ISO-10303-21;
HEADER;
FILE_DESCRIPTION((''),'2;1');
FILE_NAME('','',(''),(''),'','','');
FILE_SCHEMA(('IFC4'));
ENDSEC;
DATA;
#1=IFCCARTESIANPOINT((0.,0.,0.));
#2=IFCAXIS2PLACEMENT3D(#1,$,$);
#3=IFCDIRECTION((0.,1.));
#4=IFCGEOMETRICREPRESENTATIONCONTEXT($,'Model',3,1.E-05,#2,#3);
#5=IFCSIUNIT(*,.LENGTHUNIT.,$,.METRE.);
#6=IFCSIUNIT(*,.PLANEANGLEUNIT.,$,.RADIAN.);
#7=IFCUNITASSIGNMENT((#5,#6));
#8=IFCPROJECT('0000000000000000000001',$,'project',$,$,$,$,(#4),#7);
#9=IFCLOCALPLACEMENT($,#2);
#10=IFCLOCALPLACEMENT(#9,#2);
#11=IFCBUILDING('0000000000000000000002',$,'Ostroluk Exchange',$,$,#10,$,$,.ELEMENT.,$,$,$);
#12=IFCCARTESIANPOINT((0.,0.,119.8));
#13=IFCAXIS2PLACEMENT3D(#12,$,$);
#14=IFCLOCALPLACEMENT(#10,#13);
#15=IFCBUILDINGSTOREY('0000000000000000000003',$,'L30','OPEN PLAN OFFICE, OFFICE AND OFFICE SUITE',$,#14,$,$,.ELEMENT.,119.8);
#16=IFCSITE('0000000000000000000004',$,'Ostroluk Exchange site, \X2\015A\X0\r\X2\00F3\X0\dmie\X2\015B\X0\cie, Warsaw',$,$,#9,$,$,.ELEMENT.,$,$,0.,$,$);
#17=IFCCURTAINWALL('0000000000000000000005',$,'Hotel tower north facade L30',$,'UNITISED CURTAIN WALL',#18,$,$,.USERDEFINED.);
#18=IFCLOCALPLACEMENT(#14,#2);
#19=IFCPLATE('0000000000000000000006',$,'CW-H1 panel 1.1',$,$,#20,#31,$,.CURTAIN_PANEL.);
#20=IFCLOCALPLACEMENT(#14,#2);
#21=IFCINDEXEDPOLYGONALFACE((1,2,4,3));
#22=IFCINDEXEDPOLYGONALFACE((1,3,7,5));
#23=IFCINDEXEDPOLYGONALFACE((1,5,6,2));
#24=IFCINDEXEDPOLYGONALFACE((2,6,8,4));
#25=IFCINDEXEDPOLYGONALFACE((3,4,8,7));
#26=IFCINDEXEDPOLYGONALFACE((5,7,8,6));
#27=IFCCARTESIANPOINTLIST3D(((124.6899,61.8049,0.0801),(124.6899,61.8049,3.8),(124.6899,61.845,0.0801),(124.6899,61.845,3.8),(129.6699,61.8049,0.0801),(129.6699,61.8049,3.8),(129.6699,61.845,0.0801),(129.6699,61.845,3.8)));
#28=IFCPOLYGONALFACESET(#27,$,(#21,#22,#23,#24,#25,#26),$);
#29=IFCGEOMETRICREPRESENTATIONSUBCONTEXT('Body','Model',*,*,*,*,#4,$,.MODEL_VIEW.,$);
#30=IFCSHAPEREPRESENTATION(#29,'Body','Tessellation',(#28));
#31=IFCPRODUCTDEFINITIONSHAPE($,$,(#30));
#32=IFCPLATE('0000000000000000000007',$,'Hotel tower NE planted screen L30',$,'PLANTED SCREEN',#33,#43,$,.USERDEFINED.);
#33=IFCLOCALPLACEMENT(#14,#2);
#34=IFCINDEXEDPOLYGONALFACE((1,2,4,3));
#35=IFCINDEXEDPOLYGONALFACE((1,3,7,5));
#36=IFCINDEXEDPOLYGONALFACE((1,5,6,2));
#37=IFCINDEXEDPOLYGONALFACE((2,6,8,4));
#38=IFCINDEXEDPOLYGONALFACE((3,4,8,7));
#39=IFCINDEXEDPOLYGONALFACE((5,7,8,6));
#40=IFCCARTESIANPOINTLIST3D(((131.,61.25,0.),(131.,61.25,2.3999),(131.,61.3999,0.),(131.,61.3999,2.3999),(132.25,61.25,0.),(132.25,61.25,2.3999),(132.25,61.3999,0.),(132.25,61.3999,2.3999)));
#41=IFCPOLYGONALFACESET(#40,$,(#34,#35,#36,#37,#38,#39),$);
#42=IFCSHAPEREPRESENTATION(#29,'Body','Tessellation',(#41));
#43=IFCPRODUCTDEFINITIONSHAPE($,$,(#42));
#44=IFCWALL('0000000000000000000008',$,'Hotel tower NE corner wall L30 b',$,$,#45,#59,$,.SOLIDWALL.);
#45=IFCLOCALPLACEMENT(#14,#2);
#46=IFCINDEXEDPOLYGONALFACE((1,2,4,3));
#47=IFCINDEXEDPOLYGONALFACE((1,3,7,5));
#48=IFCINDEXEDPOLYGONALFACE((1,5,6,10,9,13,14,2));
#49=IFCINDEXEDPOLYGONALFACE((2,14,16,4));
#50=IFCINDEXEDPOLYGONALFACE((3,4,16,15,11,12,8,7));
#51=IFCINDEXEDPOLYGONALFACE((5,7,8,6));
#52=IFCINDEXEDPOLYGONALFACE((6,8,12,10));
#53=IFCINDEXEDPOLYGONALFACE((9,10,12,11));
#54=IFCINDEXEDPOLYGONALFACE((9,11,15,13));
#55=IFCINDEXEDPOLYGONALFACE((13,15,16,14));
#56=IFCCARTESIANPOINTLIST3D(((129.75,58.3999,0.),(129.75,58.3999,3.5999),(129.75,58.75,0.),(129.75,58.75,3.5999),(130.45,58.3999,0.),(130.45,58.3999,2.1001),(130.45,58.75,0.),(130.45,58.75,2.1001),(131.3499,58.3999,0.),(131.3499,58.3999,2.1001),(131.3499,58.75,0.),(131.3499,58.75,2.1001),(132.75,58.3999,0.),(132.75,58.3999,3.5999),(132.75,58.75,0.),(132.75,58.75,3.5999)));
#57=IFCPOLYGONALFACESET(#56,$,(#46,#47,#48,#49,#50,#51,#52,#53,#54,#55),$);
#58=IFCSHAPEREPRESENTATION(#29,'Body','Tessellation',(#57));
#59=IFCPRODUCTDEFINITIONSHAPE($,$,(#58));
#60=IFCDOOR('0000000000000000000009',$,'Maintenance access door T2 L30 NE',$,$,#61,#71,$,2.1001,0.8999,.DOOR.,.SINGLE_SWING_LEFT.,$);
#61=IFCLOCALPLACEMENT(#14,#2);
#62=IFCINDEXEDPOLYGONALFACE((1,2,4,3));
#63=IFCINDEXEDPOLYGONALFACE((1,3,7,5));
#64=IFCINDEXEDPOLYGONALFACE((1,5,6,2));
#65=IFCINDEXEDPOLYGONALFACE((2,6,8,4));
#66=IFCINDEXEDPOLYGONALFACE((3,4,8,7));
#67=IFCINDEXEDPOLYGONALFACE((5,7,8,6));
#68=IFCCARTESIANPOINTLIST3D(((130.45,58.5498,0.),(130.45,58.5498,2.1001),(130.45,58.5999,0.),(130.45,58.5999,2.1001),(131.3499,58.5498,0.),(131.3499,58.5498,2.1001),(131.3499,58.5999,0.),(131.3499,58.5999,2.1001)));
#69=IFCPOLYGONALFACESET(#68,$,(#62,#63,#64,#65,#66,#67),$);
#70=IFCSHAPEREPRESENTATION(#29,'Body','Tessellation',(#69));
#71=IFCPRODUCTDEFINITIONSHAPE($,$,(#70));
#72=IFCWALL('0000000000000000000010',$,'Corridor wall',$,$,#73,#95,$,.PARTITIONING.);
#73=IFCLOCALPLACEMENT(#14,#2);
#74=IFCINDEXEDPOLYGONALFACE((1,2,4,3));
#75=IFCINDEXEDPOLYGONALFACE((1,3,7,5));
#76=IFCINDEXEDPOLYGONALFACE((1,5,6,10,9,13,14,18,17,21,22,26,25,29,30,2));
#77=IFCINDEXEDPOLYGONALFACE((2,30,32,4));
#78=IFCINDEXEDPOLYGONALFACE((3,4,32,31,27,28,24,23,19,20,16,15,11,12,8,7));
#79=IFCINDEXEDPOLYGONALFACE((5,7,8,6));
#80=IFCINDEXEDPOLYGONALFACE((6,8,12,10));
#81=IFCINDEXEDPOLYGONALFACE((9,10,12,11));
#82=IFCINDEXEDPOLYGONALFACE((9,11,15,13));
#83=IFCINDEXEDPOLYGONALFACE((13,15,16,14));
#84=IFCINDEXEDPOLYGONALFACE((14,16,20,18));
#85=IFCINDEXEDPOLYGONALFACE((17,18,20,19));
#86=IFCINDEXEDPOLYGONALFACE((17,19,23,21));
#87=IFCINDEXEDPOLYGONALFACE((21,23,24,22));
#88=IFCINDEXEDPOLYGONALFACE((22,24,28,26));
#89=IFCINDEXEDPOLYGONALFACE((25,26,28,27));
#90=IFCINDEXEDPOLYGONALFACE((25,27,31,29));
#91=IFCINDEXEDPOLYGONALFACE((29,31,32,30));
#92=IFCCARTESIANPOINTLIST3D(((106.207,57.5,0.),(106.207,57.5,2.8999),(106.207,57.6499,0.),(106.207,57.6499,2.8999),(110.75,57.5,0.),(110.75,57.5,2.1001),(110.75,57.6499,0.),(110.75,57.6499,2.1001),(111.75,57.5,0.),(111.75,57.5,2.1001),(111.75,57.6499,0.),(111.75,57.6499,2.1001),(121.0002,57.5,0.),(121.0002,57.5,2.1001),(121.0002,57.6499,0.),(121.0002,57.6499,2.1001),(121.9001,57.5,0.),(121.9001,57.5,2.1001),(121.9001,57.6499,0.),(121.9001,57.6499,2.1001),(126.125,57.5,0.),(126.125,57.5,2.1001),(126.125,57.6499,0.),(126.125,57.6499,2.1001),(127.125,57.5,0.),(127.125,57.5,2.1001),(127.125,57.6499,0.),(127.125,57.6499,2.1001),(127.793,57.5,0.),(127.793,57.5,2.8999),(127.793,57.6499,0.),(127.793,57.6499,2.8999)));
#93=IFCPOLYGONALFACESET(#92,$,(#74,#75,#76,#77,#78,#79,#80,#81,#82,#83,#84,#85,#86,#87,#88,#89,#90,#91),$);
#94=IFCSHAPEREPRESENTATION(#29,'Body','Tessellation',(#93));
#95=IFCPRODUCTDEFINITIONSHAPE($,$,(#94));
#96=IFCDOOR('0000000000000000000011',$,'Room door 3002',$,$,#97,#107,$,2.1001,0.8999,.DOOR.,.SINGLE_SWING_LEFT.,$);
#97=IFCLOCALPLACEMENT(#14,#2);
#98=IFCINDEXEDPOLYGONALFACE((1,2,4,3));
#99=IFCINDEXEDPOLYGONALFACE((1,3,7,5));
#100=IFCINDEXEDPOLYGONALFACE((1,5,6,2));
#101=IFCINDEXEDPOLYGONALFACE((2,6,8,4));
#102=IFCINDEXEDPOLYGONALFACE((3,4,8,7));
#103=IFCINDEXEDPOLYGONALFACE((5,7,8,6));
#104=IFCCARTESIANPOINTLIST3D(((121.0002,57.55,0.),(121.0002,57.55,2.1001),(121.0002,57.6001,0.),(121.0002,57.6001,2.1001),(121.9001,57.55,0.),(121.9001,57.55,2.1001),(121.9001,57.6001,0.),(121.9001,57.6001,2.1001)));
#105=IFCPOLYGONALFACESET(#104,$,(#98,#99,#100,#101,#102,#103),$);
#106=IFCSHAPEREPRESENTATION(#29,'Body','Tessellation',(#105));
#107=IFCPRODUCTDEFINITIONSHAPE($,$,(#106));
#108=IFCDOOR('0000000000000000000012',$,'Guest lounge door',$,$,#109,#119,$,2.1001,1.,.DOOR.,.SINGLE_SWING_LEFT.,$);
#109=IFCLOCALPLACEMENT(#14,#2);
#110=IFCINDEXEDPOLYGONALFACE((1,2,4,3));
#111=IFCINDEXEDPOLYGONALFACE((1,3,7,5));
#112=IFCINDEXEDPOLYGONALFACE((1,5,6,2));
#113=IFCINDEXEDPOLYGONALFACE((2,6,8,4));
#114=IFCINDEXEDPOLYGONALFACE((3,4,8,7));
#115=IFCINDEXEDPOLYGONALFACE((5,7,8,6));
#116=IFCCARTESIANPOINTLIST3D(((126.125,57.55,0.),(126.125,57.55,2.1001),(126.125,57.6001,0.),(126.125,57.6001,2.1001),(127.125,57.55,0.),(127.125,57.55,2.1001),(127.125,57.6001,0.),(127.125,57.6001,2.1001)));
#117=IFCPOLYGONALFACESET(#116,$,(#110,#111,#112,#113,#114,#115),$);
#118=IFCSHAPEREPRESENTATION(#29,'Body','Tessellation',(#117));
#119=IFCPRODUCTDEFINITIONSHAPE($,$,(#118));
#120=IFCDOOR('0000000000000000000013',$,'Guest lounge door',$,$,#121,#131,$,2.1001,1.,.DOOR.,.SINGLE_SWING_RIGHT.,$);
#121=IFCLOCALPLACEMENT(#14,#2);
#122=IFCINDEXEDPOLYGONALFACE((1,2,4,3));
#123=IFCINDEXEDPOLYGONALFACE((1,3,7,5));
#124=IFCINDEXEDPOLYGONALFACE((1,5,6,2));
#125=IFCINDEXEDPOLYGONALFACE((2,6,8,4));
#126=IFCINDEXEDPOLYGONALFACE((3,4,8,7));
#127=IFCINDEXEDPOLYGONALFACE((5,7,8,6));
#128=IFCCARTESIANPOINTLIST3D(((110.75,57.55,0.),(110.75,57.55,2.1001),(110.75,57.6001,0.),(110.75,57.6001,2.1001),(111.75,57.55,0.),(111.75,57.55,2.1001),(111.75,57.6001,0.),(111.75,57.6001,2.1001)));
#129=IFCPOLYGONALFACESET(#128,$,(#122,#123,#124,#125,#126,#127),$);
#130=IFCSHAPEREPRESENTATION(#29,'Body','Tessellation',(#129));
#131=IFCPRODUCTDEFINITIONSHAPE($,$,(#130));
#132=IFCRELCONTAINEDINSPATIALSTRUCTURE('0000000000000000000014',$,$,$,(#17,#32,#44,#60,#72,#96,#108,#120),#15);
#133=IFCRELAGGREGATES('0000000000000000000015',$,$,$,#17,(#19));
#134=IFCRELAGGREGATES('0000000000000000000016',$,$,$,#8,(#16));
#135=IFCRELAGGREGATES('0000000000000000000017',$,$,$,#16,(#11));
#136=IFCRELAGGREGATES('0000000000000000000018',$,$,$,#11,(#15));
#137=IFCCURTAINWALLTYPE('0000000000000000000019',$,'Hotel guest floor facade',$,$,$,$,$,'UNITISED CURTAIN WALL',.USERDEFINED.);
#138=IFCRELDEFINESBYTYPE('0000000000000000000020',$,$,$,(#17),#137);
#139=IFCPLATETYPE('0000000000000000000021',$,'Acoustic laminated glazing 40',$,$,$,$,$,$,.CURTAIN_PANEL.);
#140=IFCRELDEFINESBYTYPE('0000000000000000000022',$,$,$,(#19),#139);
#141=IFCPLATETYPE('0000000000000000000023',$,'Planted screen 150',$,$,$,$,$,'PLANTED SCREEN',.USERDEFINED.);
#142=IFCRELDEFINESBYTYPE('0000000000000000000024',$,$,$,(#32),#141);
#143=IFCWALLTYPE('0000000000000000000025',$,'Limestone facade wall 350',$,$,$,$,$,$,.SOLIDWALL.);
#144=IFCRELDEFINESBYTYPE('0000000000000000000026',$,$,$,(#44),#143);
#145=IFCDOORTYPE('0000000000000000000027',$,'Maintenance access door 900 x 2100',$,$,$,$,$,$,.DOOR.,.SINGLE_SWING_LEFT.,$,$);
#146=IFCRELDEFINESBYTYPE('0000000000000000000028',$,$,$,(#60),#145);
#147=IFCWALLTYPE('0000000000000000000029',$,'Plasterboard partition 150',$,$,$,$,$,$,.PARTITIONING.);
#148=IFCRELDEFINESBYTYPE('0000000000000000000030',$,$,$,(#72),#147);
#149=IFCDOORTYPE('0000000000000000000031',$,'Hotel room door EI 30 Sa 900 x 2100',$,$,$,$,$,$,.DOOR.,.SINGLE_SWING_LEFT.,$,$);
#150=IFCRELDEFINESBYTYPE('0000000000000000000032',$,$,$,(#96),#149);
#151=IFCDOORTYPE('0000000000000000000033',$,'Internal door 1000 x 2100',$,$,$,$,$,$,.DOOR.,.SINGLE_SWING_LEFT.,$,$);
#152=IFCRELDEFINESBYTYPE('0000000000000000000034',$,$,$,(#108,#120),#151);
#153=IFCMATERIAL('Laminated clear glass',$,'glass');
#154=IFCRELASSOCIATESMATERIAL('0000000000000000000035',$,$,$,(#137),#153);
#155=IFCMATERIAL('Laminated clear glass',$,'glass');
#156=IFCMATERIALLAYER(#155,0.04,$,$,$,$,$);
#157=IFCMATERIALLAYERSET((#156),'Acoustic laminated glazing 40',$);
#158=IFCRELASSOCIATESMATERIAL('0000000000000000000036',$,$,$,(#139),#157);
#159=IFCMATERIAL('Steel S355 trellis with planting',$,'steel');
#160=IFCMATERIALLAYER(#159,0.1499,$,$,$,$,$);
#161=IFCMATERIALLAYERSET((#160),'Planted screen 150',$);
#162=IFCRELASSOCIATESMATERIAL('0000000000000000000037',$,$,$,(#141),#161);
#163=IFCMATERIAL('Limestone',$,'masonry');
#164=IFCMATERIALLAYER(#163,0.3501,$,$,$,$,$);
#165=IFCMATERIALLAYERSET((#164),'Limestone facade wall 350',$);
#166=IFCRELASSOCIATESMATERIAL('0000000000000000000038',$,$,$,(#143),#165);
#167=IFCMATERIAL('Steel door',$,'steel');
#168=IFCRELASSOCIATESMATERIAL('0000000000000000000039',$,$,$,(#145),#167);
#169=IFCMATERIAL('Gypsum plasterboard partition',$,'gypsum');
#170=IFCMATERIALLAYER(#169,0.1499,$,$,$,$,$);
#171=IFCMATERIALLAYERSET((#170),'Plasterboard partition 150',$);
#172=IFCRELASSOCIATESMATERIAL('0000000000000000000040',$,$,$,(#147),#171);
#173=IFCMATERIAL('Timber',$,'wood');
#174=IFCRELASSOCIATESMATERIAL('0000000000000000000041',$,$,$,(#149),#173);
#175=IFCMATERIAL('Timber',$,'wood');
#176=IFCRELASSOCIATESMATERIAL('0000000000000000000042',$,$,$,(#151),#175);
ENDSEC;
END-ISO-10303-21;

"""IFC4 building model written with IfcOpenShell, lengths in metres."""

from ifc_helpers import new_model, si_unit, direction, frame, frame_2d, origin, origin_2d, place, context, subcontext, project, spatial, rectangle, extrude, material, layer, layer_set, type_object, element, fill, aggregate, save


model = new_model("IFC4")

# Units and contexts
model_context = context("Model", 3, precision=1e-05, world=origin(), true_north=direction((0.0, 1.0)))
body_context = subcontext(model_context, "Body", "Model", "MODEL_VIEW")
ifc_project = project(units=[si_unit("LENGTHUNIT", "METRE"), si_unit("PLANEANGLEUNIT", "RADIAN")], contexts=[model_context])

# Site, building, storey
site_placement = place(None, origin())
site = spatial("IfcSite", under=ifc_project, at=site_placement, Name="Ostroluk Exchange site, Śródmieście, Warsaw", CompositionType="ELEMENT", RefElevation=0.0)
building_placement = place(site_placement, origin())
building = spatial("IfcBuilding", under=site, at=building_placement, Name="Ostroluk Exchange", CompositionType="ELEMENT")
storey_placement = place(building_placement, frame((0.0, 0.0, 119.8)))
storey = spatial("IfcBuildingStorey", under=building, at=storey_placement, Name="L30", Description="OPEN PLAN OFFICE, OFFICE AND OFFICE SUITE", CompositionType="ELEMENT", Elevation=119.8)

# Curtain wall
ifc_material_1 = material(Name="Laminated clear glass", Category="glass")
curtain_wall_type = type_object("IfcCurtainWallType", Name="Hotel guest floor facade", ElementType="UNITISED CURTAIN WALL", PredefinedType="USERDEFINED", material=ifc_material_1)
curtain_wall_1_placement = place(storey_placement, origin())
curtain_wall_1 = element("IfcCurtainWall", 1, at=curtain_wall_1_placement, inside=storey, type_object=curtain_wall_type, Name="Hotel tower north facade L30", ObjectType="UNITISED CURTAIN WALL", PredefinedType="USERDEFINED")

# Plates
ifc_material_2 = material(Name="Laminated clear glass", Category="glass")
ifc_layer_1 = layer(ifc_material_2, 0.04)
ifc_layer_set_1 = layer_set([ifc_layer_1], Name="Acoustic laminated glazing 40")
plate_type_1 = type_object("IfcPlateType", Name="Acoustic laminated glazing 40", PredefinedType="CURTAIN_PANEL", material=ifc_layer_set_1)
plate_1_placement = place(storey_placement, frame((127.1799, 61.825, 0.0801), z_axis=(0.0, 0.0, 1.0), x_axis=(-1.0, 0.0, 0.0)))
plate_1 = element("IfcPlate", 2, at=plate_1_placement, type_object=plate_type_1, Name="CW-H1 panel 1.1", PredefinedType="CURTAIN_PANEL", context=body_context, shape_type="SweptSolid", body=[
    extrude(rectangle(XDim=4.98, YDim=0.04, at=origin_2d()), origin(), (0.0, 0.0, 1.0), 3.72),
])
aggregate(curtain_wall_1, [plate_1])
ifc_material_3 = material(Name="Steel S355 trellis with planting", Category="steel")
ifc_layer_2 = layer(ifc_material_3, 0.1499)
ifc_layer_set_2 = layer_set([ifc_layer_2], Name="Planted screen 150")
plate_type_2 = type_object("IfcPlateType", Name="Planted screen 150", ElementType="PLANTED SCREEN", PredefinedType="USERDEFINED", material=ifc_layer_set_2)
plate_2_placement = place(storey_placement, frame((131.625, 61.325, 0.0), z_axis=(0.0, 0.0, 1.0), x_axis=(1.0, 0.0, 0.0)))
element("IfcPlate", 3, at=plate_2_placement, inside=storey, type_object=plate_type_2, Name="Hotel tower NE planted screen L30", ObjectType="PLANTED SCREEN", PredefinedType="USERDEFINED", context=body_context, shape_type="SweptSolid", body=[
    extrude(rectangle(XDim=1.25, YDim=0.1499, at=origin_2d()), origin(), (0.0, 0.0, 1.0), 2.3999),
])

# Wall, opening, door
ifc_material_4 = material(Name="Limestone", Category="masonry")
ifc_layer_3 = layer(ifc_material_4, 0.3501)
ifc_layer_set_3 = layer_set([ifc_layer_3], Name="Limestone facade wall 350")
wall_type_1 = type_object("IfcWallType", Name="Limestone facade wall 350", PredefinedType="SOLIDWALL", material=ifc_layer_set_3)
wall_1_placement = place(storey_placement, frame((129.75, 58.575, 0.0), z_axis=(0.0, 0.0, 1.0), x_axis=(1.0, 0.0, 0.0)))
wall_1 = element("IfcWall", 4, at=wall_1_placement, inside=storey, type_object=wall_type_1, Name="Hotel tower NE corner wall L30 b", PredefinedType="SOLIDWALL", context=body_context, shape_type="SweptSolid", body=[
    extrude(rectangle(XDim=3.0, YDim=0.3501, at=frame_2d((1.5, 0.0))), origin(), (0.0, 0.0, 1.0), 3.5999),
])
opening_1_placement = place(wall_1_placement, frame((0.7, 0.0, 0.0)))
opening_1 = element("IfcOpeningElement", 5, at=opening_1_placement, cuts=wall_1, PredefinedType="OPENING", context=body_context, shape_type="SweptSolid", body=[
    extrude(rectangle(XDim=0.8999, YDim=2.1001, at=frame_2d((0.45, 1.05))), frame((0.0, 0.1851, 0.0), z_axis=(0.0, -1.0, 0.0), x_axis=(1.0, 0.0, 0.0)), (0.0, 0.0, 1.0), 0.3701),
])
ifc_material_5 = material(Name="Steel door", Category="steel")
door_type_1 = type_object("IfcDoorType", Name="Maintenance access door 900 x 2100", OperationType="SINGLE_SWING_LEFT", PredefinedType="DOOR", material=ifc_material_5)
door_1_placement = place(opening_1_placement, origin())
door_1 = element("IfcDoor", 6, at=door_1_placement, inside=storey, type_object=door_type_1, Name="Maintenance access door T2 L30 NE", OperationType="SINGLE_SWING_LEFT", OverallHeight=2.1001, OverallWidth=0.8999, PredefinedType="DOOR", context=body_context, shape_type="SweptSolid", body=[
    extrude(rectangle(XDim=0.8999, YDim=2.1001, at=frame_2d((0.45, 1.05))), frame((0.0, 0.0249, 0.0), z_axis=(0.0, -1.0, 0.0), x_axis=(1.0, 0.0, 0.0)), (0.0, 0.0, 1.0), 0.05),
])
fill(opening_1, door_1)

# Wall, openings, doors
ifc_material_6 = material(Name="Gypsum plasterboard partition", Category="gypsum")
ifc_layer_4 = layer(ifc_material_6, 0.1499)
ifc_layer_set_4 = layer_set([ifc_layer_4], Name="Plasterboard partition 150")
wall_type_2 = type_object("IfcWallType", Name="Plasterboard partition 150", PredefinedType="PARTITIONING", material=ifc_layer_set_4)
wall_2_placement = place(storey_placement, frame((127.793, 57.575, 0.0), z_axis=(0.0, 0.0, 1.0), x_axis=(-1.0, 0.0, 0.0)))
wall_2 = element("IfcWall", 7, at=wall_2_placement, inside=storey, type_object=wall_type_2, Name="Corridor wall", PredefinedType="PARTITIONING", context=body_context, shape_type="SweptSolid", body=[
    extrude(rectangle(XDim=21.5859, YDim=0.1499, at=frame_2d((10.793, 0.0))), origin(), (0.0, 0.0, 1.0), 2.8999),
])
opening_2_placement = place(wall_2_placement, frame((0.668, 0.0, 0.0)))
opening_2 = element("IfcOpeningElement", 8, at=opening_2_placement, cuts=wall_2, PredefinedType="OPENING", context=body_context, shape_type="SweptSolid", body=[
    extrude(rectangle(XDim=1.0, YDim=2.1001, at=frame_2d((0.5, 1.05))), frame((0.0, 0.085, 0.0), z_axis=(0.0, -1.0, 0.0), x_axis=(1.0, 0.0, 0.0)), (0.0, 0.0, 1.0), 0.1699),
])
opening_3_placement = place(wall_2_placement, frame((5.8928, 0.0, 0.0)))
opening_3 = element("IfcOpeningElement", 9, at=opening_3_placement, cuts=wall_2, PredefinedType="OPENING", context=body_context, shape_type="SweptSolid", body=[
    extrude(rectangle(XDim=0.8999, YDim=2.1001, at=frame_2d((0.45, 1.05))), frame((0.0, 0.085, 0.0), z_axis=(0.0, -1.0, 0.0), x_axis=(1.0, 0.0, 0.0)), (0.0, 0.0, 1.0), 0.1699),
])
opening_4_placement = place(wall_2_placement, frame((16.043, 0.0, 0.0)))
opening_4 = element("IfcOpeningElement", 10, at=opening_4_placement, cuts=wall_2, PredefinedType="OPENING", context=body_context, shape_type="SweptSolid", body=[
    extrude(rectangle(XDim=1.0, YDim=2.1001, at=frame_2d((0.5, 1.05))), frame((0.0, 0.085, 0.0), z_axis=(0.0, -1.0, 0.0), x_axis=(1.0, 0.0, 0.0)), (0.0, 0.0, 1.0), 0.1699),
])
ifc_material_7 = material(Name="Timber", Category="wood")
door_type_2 = type_object("IfcDoorType", Name="Hotel room door EI 30 Sa 900 x 2100", OperationType="SINGLE_SWING_LEFT", PredefinedType="DOOR", material=ifc_material_7)
door_2_placement = place(opening_3_placement, origin())
door_2 = element("IfcDoor", 11, at=door_2_placement, inside=storey, type_object=door_type_2, Name="Room door 3002", OperationType="SINGLE_SWING_LEFT", OverallHeight=2.1001, OverallWidth=0.8999, PredefinedType="DOOR", context=body_context, shape_type="SweptSolid", body=[
    extrude(rectangle(XDim=0.8999, YDim=2.1001, at=frame_2d((0.45, 1.05))), frame((0.0, 0.0249, 0.0), z_axis=(0.0, -1.0, 0.0), x_axis=(1.0, 0.0, 0.0)), (0.0, 0.0, 1.0), 0.05),
])
fill(opening_3, door_2)
ifc_material_8 = material(Name="Timber", Category="wood")
door_type_3 = type_object("IfcDoorType", Name="Internal door 1000 x 2100", OperationType="SINGLE_SWING_LEFT", PredefinedType="DOOR", material=ifc_material_8)
door_3_placement = place(opening_2_placement, origin())
door_3 = element("IfcDoor", 12, at=door_3_placement, inside=storey, type_object=door_type_3, Name="Guest lounge door", OperationType="SINGLE_SWING_LEFT", OverallHeight=2.1001, OverallWidth=1.0, PredefinedType="DOOR", context=body_context, shape_type="SweptSolid", body=[
    extrude(rectangle(XDim=1.0, YDim=2.1001, at=frame_2d((0.5, 1.05))), frame((0.0, 0.0249, 0.0), z_axis=(0.0, -1.0, 0.0), x_axis=(1.0, 0.0, 0.0)), (0.0, 0.0, 1.0), 0.05),
])
fill(opening_2, door_3)
door_4_placement = place(opening_4_placement, origin())
door_4 = element("IfcDoor", 13, at=door_4_placement, inside=storey, type_object=door_type_3, Name="Guest lounge door", OperationType="SINGLE_SWING_RIGHT", OverallHeight=2.1001, OverallWidth=1.0, PredefinedType="DOOR", context=body_context, shape_type="SweptSolid", body=[
    extrude(rectangle(XDim=1.0, YDim=2.1001, at=frame_2d((0.5, 1.05))), frame((0.0, 0.0249, 0.0), z_axis=(0.0, -1.0, 0.0), x_axis=(1.0, 0.0, 0.0)), (0.0, 0.0, 1.0), 0.05),
])
fill(opening_4, door_4)

save(model, "model.ifc")
